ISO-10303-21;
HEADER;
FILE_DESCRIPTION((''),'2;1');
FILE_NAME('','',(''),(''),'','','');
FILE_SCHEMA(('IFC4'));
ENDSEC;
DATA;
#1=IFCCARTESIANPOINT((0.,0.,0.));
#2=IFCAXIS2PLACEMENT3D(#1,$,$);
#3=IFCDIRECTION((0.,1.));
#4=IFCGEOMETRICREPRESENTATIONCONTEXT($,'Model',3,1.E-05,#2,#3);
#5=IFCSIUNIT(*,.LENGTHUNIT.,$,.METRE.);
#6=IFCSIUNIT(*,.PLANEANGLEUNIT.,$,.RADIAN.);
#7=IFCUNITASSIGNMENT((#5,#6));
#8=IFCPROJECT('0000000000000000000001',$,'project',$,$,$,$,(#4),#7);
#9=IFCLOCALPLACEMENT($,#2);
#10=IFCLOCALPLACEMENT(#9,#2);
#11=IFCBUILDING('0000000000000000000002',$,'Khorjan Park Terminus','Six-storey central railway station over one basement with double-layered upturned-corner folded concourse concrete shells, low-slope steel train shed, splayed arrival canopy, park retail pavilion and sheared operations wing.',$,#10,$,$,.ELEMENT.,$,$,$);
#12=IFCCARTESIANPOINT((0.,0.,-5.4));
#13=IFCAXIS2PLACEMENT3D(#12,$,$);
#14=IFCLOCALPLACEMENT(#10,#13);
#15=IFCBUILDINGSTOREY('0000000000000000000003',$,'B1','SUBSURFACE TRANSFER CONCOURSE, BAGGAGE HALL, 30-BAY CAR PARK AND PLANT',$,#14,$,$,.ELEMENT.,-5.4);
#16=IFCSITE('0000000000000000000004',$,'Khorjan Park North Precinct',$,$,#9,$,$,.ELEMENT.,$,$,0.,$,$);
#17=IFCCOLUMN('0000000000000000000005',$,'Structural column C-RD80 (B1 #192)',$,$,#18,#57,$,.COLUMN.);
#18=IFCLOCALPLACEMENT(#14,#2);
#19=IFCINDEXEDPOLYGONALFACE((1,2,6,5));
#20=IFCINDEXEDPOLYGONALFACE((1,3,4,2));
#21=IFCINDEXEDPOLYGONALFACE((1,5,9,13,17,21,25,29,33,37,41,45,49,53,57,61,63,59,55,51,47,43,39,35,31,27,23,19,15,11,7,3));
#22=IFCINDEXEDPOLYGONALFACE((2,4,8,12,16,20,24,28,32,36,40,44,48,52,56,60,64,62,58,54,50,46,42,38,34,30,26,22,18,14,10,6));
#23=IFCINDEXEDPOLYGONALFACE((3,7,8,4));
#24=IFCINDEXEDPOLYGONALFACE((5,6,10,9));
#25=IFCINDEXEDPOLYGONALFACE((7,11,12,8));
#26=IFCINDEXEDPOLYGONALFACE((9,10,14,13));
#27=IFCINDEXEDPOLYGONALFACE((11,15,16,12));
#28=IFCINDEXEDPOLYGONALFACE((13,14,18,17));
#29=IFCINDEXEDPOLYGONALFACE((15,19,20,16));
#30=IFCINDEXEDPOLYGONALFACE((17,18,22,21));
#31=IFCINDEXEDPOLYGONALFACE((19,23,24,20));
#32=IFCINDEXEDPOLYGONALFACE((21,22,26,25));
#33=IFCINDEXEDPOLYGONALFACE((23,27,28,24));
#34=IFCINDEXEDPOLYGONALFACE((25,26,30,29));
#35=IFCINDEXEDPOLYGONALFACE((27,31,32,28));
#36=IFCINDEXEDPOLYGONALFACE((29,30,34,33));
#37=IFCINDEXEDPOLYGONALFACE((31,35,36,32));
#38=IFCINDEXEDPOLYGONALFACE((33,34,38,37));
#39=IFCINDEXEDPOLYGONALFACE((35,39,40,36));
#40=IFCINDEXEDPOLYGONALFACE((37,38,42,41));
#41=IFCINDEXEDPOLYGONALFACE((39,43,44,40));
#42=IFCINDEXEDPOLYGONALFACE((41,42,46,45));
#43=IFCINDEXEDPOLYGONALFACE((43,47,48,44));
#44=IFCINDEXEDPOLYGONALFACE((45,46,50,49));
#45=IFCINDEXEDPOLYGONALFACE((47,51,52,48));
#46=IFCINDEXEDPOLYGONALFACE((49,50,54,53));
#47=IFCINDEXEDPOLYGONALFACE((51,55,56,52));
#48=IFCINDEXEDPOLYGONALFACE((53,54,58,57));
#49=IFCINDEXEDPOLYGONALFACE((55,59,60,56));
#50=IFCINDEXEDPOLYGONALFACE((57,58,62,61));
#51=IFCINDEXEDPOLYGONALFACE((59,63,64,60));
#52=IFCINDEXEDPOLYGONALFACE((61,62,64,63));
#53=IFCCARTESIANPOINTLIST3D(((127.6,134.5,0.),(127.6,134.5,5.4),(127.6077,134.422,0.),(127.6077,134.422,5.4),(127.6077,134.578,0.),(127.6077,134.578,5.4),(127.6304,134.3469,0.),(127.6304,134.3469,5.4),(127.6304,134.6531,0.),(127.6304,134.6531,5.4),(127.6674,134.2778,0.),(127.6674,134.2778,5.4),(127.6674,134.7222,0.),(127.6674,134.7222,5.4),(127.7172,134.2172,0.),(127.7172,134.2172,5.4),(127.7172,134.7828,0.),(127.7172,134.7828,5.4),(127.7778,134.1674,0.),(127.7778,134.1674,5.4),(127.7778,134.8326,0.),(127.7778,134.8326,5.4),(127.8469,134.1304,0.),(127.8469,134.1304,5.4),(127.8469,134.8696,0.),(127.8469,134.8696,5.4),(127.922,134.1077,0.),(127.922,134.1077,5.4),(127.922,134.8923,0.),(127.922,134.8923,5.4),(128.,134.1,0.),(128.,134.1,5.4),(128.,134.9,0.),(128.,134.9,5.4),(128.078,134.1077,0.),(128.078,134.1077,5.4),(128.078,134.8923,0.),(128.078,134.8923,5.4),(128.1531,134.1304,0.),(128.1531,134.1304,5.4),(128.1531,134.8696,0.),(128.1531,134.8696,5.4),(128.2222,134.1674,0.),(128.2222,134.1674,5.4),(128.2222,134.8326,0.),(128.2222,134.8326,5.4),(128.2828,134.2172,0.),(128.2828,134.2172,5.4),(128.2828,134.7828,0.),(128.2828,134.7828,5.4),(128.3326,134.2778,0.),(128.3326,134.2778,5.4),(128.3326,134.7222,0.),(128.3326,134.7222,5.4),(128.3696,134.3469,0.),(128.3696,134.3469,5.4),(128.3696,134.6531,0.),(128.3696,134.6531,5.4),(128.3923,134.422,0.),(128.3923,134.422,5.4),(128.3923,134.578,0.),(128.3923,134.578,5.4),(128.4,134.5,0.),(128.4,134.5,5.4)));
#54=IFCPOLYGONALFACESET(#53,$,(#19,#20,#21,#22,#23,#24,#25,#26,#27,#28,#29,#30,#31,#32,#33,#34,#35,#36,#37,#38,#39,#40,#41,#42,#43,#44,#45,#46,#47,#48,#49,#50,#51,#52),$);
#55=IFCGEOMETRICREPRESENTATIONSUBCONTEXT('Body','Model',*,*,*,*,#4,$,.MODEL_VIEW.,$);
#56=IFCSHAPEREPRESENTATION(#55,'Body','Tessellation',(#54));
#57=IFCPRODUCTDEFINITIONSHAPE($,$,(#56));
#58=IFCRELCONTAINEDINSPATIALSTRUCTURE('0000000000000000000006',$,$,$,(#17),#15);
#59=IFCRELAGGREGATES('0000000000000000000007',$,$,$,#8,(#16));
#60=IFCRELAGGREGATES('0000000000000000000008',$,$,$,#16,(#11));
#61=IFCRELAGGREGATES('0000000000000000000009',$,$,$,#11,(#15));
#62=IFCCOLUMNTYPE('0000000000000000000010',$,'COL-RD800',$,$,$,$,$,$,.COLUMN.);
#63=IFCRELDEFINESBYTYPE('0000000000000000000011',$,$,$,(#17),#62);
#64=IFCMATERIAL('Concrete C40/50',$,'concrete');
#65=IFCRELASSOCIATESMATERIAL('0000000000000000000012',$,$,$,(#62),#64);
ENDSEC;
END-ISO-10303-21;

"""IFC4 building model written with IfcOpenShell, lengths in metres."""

from ifc_helpers import new_model, si_unit, direction, frame, origin, origin_2d, place, context, subcontext, project, spatial, circle, extrude, material, material_profile, profile_set, type_object, element, save


model = new_model("IFC4")

# Units and contexts
model_context = context("Model", 3, precision=1e-05, world=origin(), true_north=direction((0.0, 1.0)))
body_context = subcontext(model_context, "Body", "Model", "MODEL_VIEW")
ifc_project = project(units=[si_unit("LENGTHUNIT", "METRE"), si_unit("PLANEANGLEUNIT", "RADIAN")], contexts=[model_context])

# Site, building, storey
site_placement = place(None, origin())
site = spatial("IfcSite", under=ifc_project, at=site_placement, Name="Khorjan Park North Precinct", CompositionType="ELEMENT", RefElevation=0.0)
building_placement = place(site_placement, origin())
building = spatial("IfcBuilding", under=site, at=building_placement, Name="Khorjan Park Terminus", Description="Six-storey central railway station over one basement with double-layered upturned-corner folded concourse concrete shells, low-slope steel train shed, splayed arrival canopy, park retail pavilion and sheared operations wing.", CompositionType="ELEMENT")
storey_placement = place(building_placement, frame((0.0, 0.0, -5.4)))
storey = spatial("IfcBuildingStorey", under=building, at=storey_placement, Name="B1", Description="SUBSURFACE TRANSFER CONCOURSE, BAGGAGE HALL, 30-BAY CAR PARK AND PLANT", CompositionType="ELEMENT", Elevation=-5.4)

# Shared definitions
ifc_material = material(Name="Concrete C40/50", Category="concrete")

# Column
ifc_material_profile_1 = material_profile(ifc_material, circle(Radius=0.4, at=origin_2d()), Name="RC D800")
ifc_profile_set_1 = profile_set([ifc_material_profile_1], Name="Concrete C40/50")
column_type_1 = type_object("IfcColumnType", Name="COL-RD800", PredefinedType="COLUMN", material=ifc_profile_set_1)
column_placement = place(storey_placement, frame((128.0, 134.5, 0.0), z_axis=(0.0, 0.0, 1.0), x_axis=(1.0, 0.0, 0.0)))
element("IfcColumn", 1, at=column_placement, inside=storey, type_object=column_type_1, Name="Structural column C-RD80 (B1 #192)", PredefinedType="COLUMN", context=body_context, shape_type="SweptSolid", body=[
    extrude(circle(Radius=0.4, at=origin_2d()), origin(), (0.0, 0.0, 1.0), 5.4),
])

save(model, "model.ifc")
